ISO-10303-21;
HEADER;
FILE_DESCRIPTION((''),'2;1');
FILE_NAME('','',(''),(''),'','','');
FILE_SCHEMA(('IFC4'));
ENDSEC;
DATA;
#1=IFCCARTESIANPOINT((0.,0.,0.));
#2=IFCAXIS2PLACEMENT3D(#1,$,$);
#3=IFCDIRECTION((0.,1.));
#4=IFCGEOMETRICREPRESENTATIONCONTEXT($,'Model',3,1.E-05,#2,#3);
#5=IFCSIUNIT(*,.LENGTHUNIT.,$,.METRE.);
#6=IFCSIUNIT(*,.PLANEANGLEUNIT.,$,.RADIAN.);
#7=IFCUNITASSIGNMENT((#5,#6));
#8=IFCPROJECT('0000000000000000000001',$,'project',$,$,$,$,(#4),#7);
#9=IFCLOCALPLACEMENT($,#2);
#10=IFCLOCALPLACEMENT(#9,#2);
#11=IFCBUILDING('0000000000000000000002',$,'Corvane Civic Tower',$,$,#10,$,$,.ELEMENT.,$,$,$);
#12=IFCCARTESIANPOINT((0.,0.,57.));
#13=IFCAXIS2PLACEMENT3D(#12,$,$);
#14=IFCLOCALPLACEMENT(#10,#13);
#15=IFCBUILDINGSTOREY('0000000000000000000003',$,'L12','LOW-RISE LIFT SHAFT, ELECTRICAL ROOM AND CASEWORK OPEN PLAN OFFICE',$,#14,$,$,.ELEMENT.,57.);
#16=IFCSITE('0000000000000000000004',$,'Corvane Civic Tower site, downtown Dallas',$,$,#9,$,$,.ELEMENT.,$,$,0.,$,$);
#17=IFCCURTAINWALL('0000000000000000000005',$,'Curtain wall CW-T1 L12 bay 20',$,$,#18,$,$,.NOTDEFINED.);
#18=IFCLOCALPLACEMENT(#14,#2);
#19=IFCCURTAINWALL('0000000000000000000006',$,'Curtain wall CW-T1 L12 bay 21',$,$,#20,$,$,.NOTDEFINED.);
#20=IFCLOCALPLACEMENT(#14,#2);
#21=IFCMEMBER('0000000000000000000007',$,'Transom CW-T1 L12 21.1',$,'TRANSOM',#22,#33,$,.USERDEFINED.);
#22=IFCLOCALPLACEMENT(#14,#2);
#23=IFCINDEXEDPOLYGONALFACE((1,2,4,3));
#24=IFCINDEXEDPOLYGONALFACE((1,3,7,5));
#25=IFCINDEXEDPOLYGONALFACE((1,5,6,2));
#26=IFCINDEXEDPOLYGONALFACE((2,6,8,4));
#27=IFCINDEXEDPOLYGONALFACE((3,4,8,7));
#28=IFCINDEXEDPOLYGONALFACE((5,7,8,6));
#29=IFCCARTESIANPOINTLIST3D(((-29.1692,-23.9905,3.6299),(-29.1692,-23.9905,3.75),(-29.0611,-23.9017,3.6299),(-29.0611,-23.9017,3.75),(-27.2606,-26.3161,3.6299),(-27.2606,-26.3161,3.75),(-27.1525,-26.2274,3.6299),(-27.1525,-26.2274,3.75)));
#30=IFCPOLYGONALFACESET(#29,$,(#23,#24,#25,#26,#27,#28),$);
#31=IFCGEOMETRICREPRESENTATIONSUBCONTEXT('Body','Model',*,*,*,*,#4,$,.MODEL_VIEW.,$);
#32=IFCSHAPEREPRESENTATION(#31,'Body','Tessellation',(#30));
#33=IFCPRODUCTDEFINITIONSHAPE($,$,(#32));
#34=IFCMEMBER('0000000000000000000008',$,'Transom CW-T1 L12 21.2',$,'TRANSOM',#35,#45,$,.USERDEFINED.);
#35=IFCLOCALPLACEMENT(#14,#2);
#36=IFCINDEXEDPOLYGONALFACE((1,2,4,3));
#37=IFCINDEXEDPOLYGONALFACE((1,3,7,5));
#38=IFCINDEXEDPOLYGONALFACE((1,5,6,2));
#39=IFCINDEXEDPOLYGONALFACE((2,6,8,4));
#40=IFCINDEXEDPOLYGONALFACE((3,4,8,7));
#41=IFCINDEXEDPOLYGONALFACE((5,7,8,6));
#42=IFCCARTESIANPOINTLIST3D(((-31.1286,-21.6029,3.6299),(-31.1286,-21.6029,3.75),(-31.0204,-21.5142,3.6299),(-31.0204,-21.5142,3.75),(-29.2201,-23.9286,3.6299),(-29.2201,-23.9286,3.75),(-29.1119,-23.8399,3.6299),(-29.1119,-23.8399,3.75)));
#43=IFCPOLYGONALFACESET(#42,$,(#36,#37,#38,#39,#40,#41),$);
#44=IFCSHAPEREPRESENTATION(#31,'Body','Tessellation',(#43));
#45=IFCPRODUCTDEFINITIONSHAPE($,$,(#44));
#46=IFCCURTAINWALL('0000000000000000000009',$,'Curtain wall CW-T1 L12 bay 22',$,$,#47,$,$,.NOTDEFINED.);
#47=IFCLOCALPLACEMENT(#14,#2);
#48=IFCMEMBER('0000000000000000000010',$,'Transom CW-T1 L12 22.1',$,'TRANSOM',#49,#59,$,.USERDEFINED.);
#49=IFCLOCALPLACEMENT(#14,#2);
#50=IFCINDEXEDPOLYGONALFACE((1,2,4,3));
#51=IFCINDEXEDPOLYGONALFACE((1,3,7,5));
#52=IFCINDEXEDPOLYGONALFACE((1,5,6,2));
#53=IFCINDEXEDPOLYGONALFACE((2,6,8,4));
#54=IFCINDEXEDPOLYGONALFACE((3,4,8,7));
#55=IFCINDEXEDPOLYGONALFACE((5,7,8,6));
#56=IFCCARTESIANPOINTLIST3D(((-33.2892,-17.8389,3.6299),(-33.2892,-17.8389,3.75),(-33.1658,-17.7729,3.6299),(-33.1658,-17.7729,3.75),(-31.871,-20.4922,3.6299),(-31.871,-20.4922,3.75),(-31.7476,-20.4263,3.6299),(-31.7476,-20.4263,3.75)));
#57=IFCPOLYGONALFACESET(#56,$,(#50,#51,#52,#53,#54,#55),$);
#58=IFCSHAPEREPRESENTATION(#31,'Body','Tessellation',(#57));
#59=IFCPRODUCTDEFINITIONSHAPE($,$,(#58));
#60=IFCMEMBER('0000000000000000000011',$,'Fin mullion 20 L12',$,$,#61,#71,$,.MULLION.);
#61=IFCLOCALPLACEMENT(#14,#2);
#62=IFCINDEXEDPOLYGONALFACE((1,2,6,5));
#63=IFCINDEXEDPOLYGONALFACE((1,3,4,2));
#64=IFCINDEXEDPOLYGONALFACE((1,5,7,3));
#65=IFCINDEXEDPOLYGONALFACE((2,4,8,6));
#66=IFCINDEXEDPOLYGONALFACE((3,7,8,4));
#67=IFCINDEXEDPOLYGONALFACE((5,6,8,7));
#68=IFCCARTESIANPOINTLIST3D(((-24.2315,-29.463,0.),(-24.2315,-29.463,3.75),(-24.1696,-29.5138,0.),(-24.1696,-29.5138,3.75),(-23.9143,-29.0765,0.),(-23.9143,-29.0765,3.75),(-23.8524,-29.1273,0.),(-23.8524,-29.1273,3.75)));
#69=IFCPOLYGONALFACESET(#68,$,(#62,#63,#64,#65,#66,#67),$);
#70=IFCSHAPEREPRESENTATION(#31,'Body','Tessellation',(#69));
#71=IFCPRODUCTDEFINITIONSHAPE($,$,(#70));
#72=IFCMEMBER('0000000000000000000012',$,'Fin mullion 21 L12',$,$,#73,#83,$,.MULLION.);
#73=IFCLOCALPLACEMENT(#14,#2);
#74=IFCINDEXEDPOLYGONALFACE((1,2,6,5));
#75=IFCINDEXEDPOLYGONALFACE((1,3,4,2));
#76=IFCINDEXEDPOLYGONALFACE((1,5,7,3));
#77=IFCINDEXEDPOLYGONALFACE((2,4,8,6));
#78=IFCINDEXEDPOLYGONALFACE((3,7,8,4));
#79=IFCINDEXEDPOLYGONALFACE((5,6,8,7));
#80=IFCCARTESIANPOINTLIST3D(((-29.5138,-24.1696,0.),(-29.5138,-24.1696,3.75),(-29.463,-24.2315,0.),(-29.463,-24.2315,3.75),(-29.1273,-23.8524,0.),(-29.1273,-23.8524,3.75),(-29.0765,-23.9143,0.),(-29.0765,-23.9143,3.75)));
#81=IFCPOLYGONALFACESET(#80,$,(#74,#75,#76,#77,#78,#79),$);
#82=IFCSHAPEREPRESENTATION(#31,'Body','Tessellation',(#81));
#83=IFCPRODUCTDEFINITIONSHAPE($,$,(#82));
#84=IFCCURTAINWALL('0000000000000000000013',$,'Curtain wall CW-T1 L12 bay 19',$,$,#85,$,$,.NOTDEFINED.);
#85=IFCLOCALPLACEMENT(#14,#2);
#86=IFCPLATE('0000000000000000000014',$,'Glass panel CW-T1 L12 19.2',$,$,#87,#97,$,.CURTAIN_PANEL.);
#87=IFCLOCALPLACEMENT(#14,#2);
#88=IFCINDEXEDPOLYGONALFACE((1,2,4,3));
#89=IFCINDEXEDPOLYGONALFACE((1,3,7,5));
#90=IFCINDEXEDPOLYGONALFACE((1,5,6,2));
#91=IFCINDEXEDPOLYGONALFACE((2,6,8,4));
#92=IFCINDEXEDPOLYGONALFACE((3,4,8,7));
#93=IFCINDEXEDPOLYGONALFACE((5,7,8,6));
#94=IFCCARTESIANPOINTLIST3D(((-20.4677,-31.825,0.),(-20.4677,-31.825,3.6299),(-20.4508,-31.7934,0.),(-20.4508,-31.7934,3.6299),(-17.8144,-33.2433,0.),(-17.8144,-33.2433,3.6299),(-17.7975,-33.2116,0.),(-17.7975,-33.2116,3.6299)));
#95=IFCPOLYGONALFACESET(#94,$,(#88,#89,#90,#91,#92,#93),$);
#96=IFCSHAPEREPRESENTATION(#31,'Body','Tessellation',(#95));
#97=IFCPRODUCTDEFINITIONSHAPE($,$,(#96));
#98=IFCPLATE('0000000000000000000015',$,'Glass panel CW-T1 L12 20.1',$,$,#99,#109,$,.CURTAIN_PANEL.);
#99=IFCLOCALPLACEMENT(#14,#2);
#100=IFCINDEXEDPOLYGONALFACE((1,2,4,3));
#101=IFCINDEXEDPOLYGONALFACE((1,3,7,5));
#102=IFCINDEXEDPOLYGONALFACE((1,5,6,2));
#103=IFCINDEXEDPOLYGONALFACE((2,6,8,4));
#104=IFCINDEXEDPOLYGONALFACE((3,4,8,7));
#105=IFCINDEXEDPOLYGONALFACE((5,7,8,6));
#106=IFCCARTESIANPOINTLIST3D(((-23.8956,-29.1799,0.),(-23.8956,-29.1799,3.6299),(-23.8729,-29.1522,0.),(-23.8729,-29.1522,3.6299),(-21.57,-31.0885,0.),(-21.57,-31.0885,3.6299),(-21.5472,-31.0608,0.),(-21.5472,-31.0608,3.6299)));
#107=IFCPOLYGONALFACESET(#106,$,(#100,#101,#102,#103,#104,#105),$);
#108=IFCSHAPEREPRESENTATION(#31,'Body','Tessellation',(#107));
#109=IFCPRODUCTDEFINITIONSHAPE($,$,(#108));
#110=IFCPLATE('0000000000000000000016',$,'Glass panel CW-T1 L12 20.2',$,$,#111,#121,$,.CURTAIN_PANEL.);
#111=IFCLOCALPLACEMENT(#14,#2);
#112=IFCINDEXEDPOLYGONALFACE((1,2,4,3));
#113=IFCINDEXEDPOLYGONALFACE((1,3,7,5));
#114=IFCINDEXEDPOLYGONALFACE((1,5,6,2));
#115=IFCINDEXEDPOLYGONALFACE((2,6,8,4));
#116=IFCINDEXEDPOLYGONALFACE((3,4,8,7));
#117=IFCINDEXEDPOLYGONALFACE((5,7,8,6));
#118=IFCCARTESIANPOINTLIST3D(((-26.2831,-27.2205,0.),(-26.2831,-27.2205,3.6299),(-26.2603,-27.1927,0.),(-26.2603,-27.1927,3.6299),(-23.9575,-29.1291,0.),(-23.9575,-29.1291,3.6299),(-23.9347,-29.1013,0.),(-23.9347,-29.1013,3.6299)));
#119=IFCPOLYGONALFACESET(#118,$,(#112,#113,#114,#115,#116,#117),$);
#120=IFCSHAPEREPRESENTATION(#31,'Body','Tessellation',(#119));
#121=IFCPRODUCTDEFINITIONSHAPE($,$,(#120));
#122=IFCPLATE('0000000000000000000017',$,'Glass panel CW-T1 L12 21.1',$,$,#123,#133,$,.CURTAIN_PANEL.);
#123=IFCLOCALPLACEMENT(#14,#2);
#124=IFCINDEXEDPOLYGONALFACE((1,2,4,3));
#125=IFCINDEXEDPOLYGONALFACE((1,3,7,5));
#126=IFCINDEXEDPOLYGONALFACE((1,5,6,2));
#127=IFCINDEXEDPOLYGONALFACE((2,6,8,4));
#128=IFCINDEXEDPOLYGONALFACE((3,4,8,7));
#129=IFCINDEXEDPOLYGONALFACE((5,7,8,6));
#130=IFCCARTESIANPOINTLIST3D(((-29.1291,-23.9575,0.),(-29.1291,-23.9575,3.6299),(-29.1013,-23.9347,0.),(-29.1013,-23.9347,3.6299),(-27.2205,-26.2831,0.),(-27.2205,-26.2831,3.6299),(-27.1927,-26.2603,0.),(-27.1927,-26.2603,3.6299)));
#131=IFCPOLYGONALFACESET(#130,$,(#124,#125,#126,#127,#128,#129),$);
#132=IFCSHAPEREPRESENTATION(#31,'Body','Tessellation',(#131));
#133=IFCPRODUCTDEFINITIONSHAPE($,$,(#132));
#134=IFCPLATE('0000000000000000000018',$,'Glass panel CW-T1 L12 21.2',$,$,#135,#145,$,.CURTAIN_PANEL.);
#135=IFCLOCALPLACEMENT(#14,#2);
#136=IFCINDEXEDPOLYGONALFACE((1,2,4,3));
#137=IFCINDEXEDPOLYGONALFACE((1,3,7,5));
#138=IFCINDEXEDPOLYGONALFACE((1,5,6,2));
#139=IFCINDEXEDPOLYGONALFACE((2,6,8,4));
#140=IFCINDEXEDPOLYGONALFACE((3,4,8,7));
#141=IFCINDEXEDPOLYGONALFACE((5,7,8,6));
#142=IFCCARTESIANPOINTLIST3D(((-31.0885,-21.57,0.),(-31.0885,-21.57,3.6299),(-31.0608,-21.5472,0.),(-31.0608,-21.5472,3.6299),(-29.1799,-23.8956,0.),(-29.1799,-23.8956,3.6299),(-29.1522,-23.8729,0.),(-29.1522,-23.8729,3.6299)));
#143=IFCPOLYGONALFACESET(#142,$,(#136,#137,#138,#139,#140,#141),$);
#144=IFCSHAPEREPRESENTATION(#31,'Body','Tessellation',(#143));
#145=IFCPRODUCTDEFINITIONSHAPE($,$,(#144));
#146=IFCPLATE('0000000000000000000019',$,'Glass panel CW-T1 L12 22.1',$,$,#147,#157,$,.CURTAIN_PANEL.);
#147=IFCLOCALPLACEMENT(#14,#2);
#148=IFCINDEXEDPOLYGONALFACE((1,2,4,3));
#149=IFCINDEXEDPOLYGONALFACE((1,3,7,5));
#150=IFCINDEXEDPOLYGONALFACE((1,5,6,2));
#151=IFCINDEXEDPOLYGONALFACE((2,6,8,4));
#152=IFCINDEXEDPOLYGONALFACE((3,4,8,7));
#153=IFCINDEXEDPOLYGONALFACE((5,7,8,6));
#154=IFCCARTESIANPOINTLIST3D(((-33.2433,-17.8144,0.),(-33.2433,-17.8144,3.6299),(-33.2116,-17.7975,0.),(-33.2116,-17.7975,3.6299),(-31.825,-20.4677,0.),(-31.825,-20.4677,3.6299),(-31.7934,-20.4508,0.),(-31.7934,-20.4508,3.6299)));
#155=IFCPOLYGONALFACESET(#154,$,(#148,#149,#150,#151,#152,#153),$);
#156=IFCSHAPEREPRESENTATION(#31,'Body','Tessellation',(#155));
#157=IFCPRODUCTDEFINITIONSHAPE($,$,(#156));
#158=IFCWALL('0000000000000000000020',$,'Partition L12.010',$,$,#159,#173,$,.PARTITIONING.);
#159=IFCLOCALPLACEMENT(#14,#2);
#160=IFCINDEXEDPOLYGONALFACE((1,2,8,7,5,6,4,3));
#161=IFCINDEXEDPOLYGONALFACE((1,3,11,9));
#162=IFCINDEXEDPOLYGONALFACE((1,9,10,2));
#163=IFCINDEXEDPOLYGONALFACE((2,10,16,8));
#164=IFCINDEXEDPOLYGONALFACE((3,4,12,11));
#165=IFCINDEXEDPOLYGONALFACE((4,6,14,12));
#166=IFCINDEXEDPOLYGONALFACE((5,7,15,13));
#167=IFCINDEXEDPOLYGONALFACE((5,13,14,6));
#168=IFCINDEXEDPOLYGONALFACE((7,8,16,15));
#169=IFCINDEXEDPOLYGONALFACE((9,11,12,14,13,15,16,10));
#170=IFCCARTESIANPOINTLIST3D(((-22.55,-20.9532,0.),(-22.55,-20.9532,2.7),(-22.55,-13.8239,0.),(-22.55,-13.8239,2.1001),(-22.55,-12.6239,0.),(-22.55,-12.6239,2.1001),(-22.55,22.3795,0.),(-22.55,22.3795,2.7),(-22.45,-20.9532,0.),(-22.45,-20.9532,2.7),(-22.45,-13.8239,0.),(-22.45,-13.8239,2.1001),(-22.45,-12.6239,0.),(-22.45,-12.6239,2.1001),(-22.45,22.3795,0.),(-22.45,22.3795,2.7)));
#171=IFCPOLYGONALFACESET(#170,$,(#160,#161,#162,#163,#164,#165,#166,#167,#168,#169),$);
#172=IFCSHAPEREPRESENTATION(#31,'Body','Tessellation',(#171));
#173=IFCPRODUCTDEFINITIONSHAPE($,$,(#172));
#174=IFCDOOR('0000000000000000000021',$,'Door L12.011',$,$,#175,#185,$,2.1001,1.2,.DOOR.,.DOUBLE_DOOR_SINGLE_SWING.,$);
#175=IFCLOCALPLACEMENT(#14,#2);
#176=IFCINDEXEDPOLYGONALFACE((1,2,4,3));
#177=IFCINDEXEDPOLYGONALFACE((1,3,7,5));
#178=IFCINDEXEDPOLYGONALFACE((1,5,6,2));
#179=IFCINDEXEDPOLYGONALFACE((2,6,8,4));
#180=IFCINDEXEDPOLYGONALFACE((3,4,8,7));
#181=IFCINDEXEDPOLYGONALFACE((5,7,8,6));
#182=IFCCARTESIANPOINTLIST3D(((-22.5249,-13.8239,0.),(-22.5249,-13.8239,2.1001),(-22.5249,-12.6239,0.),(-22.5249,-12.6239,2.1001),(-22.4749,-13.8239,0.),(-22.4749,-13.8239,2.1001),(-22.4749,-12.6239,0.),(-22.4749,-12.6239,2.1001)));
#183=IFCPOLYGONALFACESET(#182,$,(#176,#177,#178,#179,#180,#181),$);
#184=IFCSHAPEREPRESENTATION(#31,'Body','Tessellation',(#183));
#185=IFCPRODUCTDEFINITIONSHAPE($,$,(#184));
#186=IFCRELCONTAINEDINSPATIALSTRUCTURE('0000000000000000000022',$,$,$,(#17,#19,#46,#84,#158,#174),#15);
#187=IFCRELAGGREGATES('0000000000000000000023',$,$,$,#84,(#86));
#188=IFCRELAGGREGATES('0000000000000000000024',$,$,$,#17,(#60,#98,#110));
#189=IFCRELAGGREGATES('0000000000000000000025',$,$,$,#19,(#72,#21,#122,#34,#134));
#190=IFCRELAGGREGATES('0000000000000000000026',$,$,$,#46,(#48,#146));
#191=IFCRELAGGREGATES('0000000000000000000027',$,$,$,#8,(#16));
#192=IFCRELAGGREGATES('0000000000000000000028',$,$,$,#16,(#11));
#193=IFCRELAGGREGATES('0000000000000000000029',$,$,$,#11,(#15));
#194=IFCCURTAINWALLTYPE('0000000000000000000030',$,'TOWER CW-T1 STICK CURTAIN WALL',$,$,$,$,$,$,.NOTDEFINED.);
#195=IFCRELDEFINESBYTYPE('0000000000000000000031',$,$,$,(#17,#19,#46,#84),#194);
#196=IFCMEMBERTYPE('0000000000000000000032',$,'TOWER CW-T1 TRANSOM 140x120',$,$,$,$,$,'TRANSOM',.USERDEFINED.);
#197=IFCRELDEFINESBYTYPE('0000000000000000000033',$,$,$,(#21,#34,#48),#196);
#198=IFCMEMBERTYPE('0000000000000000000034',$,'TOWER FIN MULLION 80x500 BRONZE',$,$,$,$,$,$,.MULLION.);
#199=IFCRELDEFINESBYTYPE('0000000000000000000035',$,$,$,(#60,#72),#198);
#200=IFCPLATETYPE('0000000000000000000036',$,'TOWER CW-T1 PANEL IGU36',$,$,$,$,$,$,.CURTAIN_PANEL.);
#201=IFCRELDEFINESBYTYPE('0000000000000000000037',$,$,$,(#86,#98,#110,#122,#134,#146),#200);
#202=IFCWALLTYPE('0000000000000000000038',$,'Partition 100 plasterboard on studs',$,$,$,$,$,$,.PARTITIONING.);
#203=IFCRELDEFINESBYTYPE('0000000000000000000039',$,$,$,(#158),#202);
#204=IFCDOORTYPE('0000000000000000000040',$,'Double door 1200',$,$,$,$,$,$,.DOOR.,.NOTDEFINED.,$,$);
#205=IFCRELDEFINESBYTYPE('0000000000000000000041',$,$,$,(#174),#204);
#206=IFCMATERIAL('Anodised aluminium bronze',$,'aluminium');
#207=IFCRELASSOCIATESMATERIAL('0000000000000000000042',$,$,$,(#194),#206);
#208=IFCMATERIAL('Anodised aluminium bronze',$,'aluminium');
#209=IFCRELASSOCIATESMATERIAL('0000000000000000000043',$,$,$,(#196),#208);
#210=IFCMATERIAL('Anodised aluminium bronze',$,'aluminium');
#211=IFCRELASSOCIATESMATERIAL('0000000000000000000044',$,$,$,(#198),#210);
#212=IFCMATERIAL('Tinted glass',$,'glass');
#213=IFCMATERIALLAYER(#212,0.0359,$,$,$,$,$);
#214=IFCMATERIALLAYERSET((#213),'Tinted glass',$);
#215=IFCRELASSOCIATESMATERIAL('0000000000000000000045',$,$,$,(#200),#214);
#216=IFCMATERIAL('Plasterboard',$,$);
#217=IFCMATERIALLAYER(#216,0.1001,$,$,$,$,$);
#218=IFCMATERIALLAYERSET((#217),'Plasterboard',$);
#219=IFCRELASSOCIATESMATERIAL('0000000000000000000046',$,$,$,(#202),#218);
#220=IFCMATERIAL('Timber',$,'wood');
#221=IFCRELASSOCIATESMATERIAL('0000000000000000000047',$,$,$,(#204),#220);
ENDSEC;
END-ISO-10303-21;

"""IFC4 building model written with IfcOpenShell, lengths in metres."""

from ifc_helpers import new_model, si_unit, direction, frame, frame_2d, origin, origin_2d, place, context, subcontext, project, spatial, rectangle, extrude, material, layer, layer_set, material_profile, profile_set, type_object, element, fill, aggregate, save


model = new_model("IFC4")

# Units and contexts
model_context = context("Model", 3, precision=1e-05, world=origin(), true_north=direction((0.0, 1.0)))
body_context = subcontext(model_context, "Body", "Model", "MODEL_VIEW")
ifc_project = project(units=[si_unit("LENGTHUNIT", "METRE"), si_unit("PLANEANGLEUNIT", "RADIAN")], contexts=[model_context])

# Site, building, storey
site_placement = place(None, origin())
site = spatial("IfcSite", under=ifc_project, at=site_placement, Name="Corvane Civic Tower site, downtown Dallas", CompositionType="ELEMENT", RefElevation=0.0)
building_placement = place(site_placement, origin())
building = spatial("IfcBuilding", under=site, at=building_placement, Name="Corvane Civic Tower", CompositionType="ELEMENT")
storey_placement = place(building_placement, frame((0.0, 0.0, 57.0)))
storey = spatial("IfcBuildingStorey", under=building, at=storey_placement, Name="L12", Description="LOW-RISE LIFT SHAFT, ELECTRICAL ROOM AND CASEWORK OPEN PLAN OFFICE", CompositionType="ELEMENT", Elevation=57.0)

# Curtain walls, members
ifc_material_1 = material(Name="Anodised aluminium bronze", Category="aluminium")
curtain_wall_type = type_object("IfcCurtainWallType", Name="TOWER CW-T1 STICK CURTAIN WALL", PredefinedType="NOTDEFINED", material=ifc_material_1)
curtain_wall_1_placement = place(storey_placement, origin())
curtain_wall_1 = element("IfcCurtainWall", 1, at=curtain_wall_1_placement, inside=storey, type_object=curtain_wall_type, Name="Curtain wall CW-T1 L12 bay 20", PredefinedType="NOTDEFINED")
ifc_material_2 = material(Name="Anodised aluminium bronze", Category="aluminium")
ifc_material_profile_1 = material_profile(ifc_material_2, rectangle(XDim=0.1399, YDim=0.1201, at=origin_2d()), Name="TOWER CW-T1 TRANSOM 140x120")
ifc_profile_set_1 = profile_set([ifc_material_profile_1], Name="Anodised aluminium bronze")
member_type_1 = type_object("IfcMemberType", Name="TOWER CW-T1 TRANSOM 140x120", ElementType="TRANSOM", PredefinedType="USERDEFINED", material=ifc_profile_set_1)
curtain_wall_2_placement = place(storey_placement, origin())
curtain_wall_2 = element("IfcCurtainWall", 2, at=curtain_wall_2_placement, inside=storey, type_object=curtain_wall_type, Name="Curtain wall CW-T1 L12 bay 21", PredefinedType="NOTDEFINED")
member_1_placement = place(storey_placement, frame((-27.2065, -26.2717, 3.6899), z_axis=(-0.634404, 0.773002, 0.0), x_axis=(-0.773002, -0.634404, 0.0)))
member_1 = element("IfcMember", 3, at=member_1_placement, type_object=member_type_1, Name="Transom CW-T1 L12 21.1", ObjectType="TRANSOM", PredefinedType="USERDEFINED", context=body_context, shape_type="SweptSolid", body=[
    extrude(rectangle(XDim=0.1399, YDim=0.1201, at=origin_2d()), origin(), (0.0, 0.0, 1.0), 3.0085),
])
member_2_placement = place(storey_placement, frame((-29.166, -23.8843, 3.6899), z_axis=(-0.634355, 0.773042, 0.0), x_axis=(-0.773042, -0.634355, 0.0)))
member_2 = element("IfcMember", 4, at=member_2_placement, type_object=member_type_1, Name="Transom CW-T1 L12 21.2", ObjectType="TRANSOM", PredefinedType="USERDEFINED", context=body_context, shape_type="SweptSolid", body=[
    extrude(rectangle(XDim=0.1399, YDim=0.1201, at=origin_2d()), origin(), (0.0, 0.0, 1.0), 3.0085),
])

# Curtain wall, member
curtain_wall_3_placement = place(storey_placement, origin())
curtain_wall_3 = element("IfcCurtainWall", 5, at=curtain_wall_3_placement, inside=storey, type_object=curtain_wall_type, Name="Curtain wall CW-T1 L12 bay 22", PredefinedType="NOTDEFINED")
member_3_placement = place(storey_placement, frame((-31.8093, -20.4592, 3.6899), z_axis=(-0.471393, 0.881924, 0.0), x_axis=(-0.881924, -0.471393, 0.0)))
member_3 = element("IfcMember", 6, at=member_3_placement, type_object=member_type_1, Name="Transom CW-T1 L12 22.1", ObjectType="TRANSOM", PredefinedType="USERDEFINED", context=body_context, shape_type="SweptSolid", body=[
    extrude(rectangle(XDim=0.1399, YDim=0.1201, at=origin_2d()), origin(), (0.0, 0.0, 1.0), 3.0085),
])

# Members
ifc_material_3 = material(Name="Anodised aluminium bronze", Category="aluminium")
ifc_material_profile_2 = material_profile(ifc_material_3, rectangle(XDim=0.0801, YDim=0.5, at=origin_2d()), Name="TOWER FIN MULLION 80x500 BRONZE")
ifc_profile_set_2 = profile_set([ifc_material_profile_2], Name="Anodised aluminium bronze")
member_type_2 = type_object("IfcMemberType", Name="TOWER FIN MULLION 80x500 BRONZE", PredefinedType="MULLION", material=ifc_profile_set_2)
member_4_placement = place(storey_placement, frame((-24.042, -29.2952, 0.0), z_axis=(0.0, 0.0, 1.0), x_axis=(-0.773007, 0.634397, 0.0)))
member_4 = element("IfcMember", 7, at=member_4_placement, type_object=member_type_2, Name="Fin mullion 20 L12", PredefinedType="MULLION", context=body_context, shape_type="SweptSolid", body=[
    extrude(rectangle(XDim=0.0801, YDim=0.5, at=origin_2d()), origin(), (0.0, 0.0, 1.0), 3.75),
])
member_5_placement = place(storey_placement, frame((-29.2952, -24.042, 0.0), z_axis=(0.0, 0.0, 1.0), x_axis=(-0.634397, 0.773007, 0.0)))
member_5 = element("IfcMember", 8, at=member_5_placement, type_object=member_type_2, Name="Fin mullion 21 L12", PredefinedType="MULLION", context=body_context, shape_type="SweptSolid", body=[
    extrude(rectangle(XDim=0.0801, YDim=0.5, at=origin_2d()), origin(), (0.0, 0.0, 1.0), 3.75),
])

# Curtain wall, plate
curtain_wall_4_placement = place(storey_placement, origin())
curtain_wall_4 = element("IfcCurtainWall", 9, at=curtain_wall_4_placement, inside=storey, type_object=curtain_wall_type, Name="Curtain wall CW-T1 L12 bay 19", PredefinedType="NOTDEFINED")
ifc_material_4 = material(Name="Tinted glass", Category="glass")
ifc_layer_1 = layer(ifc_material_4, 0.0359)
ifc_layer_set_1 = layer_set([ifc_layer_1], Name="Tinted glass")
plate_type = type_object("IfcPlateType", Name="TOWER CW-T1 PANEL IGU36", PredefinedType="CURTAIN_PANEL", material=ifc_layer_set_1)
plate_1_placement = place(storey_placement, frame((-19.1326, -32.5183, 0.0), z_axis=(0.0, 0.0, 1.0), x_axis=(-0.881918, 0.471404, 0.0)))
plate_1 = element("IfcPlate", 10, at=plate_1_placement, type_object=plate_type, Name="Glass panel CW-T1 L12 19.2", PredefinedType="CURTAIN_PANEL", context=body_context, shape_type="SweptSolid", body=[
    extrude(rectangle(XDim=3.0085, YDim=0.0359, at=origin_2d()), origin(), (0.0, 0.0, 1.0), 3.6299),
])
aggregate(curtain_wall_4, [plate_1])

# Plates
plate_2_placement = place(storey_placement, frame((-22.7214, -30.1204, 0.0), z_axis=(0.0, 0.0, 1.0), x_axis=(-0.773007, 0.634397, 0.0)))
plate_2 = element("IfcPlate", 11, at=plate_2_placement, type_object=plate_type, Name="Glass panel CW-T1 L12 20.1", PredefinedType="CURTAIN_PANEL", context=body_context, shape_type="SweptSolid", body=[
    extrude(rectangle(XDim=3.0085, YDim=0.0359, at=origin_2d()), origin(), (0.0, 0.0, 1.0), 3.6299),
])
plate_3_placement = place(storey_placement, frame((-25.1089, -28.1609, 0.0), z_axis=(0.0, 0.0, 1.0), x_axis=(-0.773007, 0.634397, 0.0)))
plate_3 = element("IfcPlate", 12, at=plate_3_placement, type_object=plate_type, Name="Glass panel CW-T1 L12 20.2", PredefinedType="CURTAIN_PANEL", context=body_context, shape_type="SweptSolid", body=[
    extrude(rectangle(XDim=3.0085, YDim=0.0359, at=origin_2d()), origin(), (0.0, 0.0, 1.0), 3.6299),
])
aggregate(curtain_wall_1, [member_4, plate_2, plate_3])
plate_4_placement = place(storey_placement, frame((-28.1609, -25.1089, 0.0), z_axis=(0.0, 0.0, 1.0), x_axis=(-0.634397, 0.773007, 0.0)))
plate_4 = element("IfcPlate", 13, at=plate_4_placement, type_object=plate_type, Name="Glass panel CW-T1 L12 21.1", PredefinedType="CURTAIN_PANEL", context=body_context, shape_type="SweptSolid", body=[
    extrude(rectangle(XDim=3.0085, YDim=0.0359, at=origin_2d()), origin(), (0.0, 0.0, 1.0), 3.6299),
])
plate_5_placement = place(storey_placement, frame((-30.1204, -22.7214, 0.0), z_axis=(0.0, 0.0, 1.0), x_axis=(-0.634397, 0.773007, 0.0)))
plate_5 = element("IfcPlate", 14, at=plate_5_placement, type_object=plate_type, Name="Glass panel CW-T1 L12 21.2", PredefinedType="CURTAIN_PANEL", context=body_context, shape_type="SweptSolid", body=[
    extrude(rectangle(XDim=3.0085, YDim=0.0359, at=origin_2d()), origin(), (0.0, 0.0, 1.0), 3.6299),
])
aggregate(curtain_wall_2, [member_5, member_1, plate_4, member_2, plate_5])
plate_6_placement = place(storey_placement, frame((-32.5183, -19.1326, 0.0), z_axis=(0.0, 0.0, 1.0), x_axis=(-0.471404, 0.881918, 0.0)))
plate_6 = element("IfcPlate", 15, at=plate_6_placement, type_object=plate_type, Name="Glass panel CW-T1 L12 22.1", PredefinedType="CURTAIN_PANEL", context=body_context, shape_type="SweptSolid", body=[
    extrude(rectangle(XDim=3.0085, YDim=0.0359, at=origin_2d()), origin(), (0.0, 0.0, 1.0), 3.6299),
])
aggregate(curtain_wall_3, [member_3, plate_6])

# Wall, opening, door
ifc_material_5 = material(Name="Plasterboard")
ifc_layer_2 = layer(ifc_material_5, 0.1001)
ifc_layer_set_2 = layer_set([ifc_layer_2], Name="Plasterboard")
wall_type_1 = type_object("IfcWallType", Name="Partition 100 plasterboard on studs", PredefinedType="PARTITIONING", material=ifc_layer_set_2)
wall_1_placement = place(storey_placement, frame((-22.5, -20.9534, 0.0), z_axis=(0.0, 0.0, 1.0), x_axis=(0.0, 1.0, 0.0)))
wall_1 = element("IfcWall", 16, at=wall_1_placement, inside=storey, type_object=wall_type_1, Name="Partition L12.010", PredefinedType="PARTITIONING", context=body_context, shape_type="SweptSolid", body=[
    extrude(rectangle(XDim=43.3328, YDim=0.1001, at=frame_2d((21.6665, 0.0))), origin(), (0.0, 0.0, 1.0), 2.7),
])
opening_1_placement = place(wall_1_placement, frame((7.1294, 0.0, 0.0)))
opening_1 = element("IfcOpeningElement", 17, at=opening_1_placement, cuts=wall_1, PredefinedType="OPENING", context=body_context, shape_type="SweptSolid", body=[
    extrude(rectangle(XDim=1.2, YDim=2.1001, at=frame_2d((0.6001, 1.05))), frame((0.0, 0.0601, 0.0), z_axis=(0.0, -1.0, 0.0), x_axis=(1.0, 0.0, 0.0)), (0.0, 0.0, 1.0), 0.1201),
])
ifc_material_6 = material(Name="Timber", Category="wood")
door_type_1 = type_object("IfcDoorType", Name="Double door 1200", OperationType="NOTDEFINED", PredefinedType="DOOR", material=ifc_material_6)
door_1_placement = place(opening_1_placement, origin())
door_1 = element("IfcDoor", 18, at=door_1_placement, inside=storey, type_object=door_type_1, Name="Door L12.011", OperationType="DOUBLE_DOOR_SINGLE_SWING", OverallHeight=2.1001, OverallWidth=1.2, PredefinedType="DOOR", context=body_context, shape_type="SweptSolid", body=[
    extrude(rectangle(XDim=1.2, YDim=2.1001, at=frame_2d((0.6001, 1.05))), frame((0.0, 0.0249, 0.0), z_axis=(0.0, -1.0, 0.0), x_axis=(1.0, 0.0, 0.0)), (0.0, 0.0, 1.0), 0.05),
])
fill(opening_1, door_1)

save(model, "model.ifc")
